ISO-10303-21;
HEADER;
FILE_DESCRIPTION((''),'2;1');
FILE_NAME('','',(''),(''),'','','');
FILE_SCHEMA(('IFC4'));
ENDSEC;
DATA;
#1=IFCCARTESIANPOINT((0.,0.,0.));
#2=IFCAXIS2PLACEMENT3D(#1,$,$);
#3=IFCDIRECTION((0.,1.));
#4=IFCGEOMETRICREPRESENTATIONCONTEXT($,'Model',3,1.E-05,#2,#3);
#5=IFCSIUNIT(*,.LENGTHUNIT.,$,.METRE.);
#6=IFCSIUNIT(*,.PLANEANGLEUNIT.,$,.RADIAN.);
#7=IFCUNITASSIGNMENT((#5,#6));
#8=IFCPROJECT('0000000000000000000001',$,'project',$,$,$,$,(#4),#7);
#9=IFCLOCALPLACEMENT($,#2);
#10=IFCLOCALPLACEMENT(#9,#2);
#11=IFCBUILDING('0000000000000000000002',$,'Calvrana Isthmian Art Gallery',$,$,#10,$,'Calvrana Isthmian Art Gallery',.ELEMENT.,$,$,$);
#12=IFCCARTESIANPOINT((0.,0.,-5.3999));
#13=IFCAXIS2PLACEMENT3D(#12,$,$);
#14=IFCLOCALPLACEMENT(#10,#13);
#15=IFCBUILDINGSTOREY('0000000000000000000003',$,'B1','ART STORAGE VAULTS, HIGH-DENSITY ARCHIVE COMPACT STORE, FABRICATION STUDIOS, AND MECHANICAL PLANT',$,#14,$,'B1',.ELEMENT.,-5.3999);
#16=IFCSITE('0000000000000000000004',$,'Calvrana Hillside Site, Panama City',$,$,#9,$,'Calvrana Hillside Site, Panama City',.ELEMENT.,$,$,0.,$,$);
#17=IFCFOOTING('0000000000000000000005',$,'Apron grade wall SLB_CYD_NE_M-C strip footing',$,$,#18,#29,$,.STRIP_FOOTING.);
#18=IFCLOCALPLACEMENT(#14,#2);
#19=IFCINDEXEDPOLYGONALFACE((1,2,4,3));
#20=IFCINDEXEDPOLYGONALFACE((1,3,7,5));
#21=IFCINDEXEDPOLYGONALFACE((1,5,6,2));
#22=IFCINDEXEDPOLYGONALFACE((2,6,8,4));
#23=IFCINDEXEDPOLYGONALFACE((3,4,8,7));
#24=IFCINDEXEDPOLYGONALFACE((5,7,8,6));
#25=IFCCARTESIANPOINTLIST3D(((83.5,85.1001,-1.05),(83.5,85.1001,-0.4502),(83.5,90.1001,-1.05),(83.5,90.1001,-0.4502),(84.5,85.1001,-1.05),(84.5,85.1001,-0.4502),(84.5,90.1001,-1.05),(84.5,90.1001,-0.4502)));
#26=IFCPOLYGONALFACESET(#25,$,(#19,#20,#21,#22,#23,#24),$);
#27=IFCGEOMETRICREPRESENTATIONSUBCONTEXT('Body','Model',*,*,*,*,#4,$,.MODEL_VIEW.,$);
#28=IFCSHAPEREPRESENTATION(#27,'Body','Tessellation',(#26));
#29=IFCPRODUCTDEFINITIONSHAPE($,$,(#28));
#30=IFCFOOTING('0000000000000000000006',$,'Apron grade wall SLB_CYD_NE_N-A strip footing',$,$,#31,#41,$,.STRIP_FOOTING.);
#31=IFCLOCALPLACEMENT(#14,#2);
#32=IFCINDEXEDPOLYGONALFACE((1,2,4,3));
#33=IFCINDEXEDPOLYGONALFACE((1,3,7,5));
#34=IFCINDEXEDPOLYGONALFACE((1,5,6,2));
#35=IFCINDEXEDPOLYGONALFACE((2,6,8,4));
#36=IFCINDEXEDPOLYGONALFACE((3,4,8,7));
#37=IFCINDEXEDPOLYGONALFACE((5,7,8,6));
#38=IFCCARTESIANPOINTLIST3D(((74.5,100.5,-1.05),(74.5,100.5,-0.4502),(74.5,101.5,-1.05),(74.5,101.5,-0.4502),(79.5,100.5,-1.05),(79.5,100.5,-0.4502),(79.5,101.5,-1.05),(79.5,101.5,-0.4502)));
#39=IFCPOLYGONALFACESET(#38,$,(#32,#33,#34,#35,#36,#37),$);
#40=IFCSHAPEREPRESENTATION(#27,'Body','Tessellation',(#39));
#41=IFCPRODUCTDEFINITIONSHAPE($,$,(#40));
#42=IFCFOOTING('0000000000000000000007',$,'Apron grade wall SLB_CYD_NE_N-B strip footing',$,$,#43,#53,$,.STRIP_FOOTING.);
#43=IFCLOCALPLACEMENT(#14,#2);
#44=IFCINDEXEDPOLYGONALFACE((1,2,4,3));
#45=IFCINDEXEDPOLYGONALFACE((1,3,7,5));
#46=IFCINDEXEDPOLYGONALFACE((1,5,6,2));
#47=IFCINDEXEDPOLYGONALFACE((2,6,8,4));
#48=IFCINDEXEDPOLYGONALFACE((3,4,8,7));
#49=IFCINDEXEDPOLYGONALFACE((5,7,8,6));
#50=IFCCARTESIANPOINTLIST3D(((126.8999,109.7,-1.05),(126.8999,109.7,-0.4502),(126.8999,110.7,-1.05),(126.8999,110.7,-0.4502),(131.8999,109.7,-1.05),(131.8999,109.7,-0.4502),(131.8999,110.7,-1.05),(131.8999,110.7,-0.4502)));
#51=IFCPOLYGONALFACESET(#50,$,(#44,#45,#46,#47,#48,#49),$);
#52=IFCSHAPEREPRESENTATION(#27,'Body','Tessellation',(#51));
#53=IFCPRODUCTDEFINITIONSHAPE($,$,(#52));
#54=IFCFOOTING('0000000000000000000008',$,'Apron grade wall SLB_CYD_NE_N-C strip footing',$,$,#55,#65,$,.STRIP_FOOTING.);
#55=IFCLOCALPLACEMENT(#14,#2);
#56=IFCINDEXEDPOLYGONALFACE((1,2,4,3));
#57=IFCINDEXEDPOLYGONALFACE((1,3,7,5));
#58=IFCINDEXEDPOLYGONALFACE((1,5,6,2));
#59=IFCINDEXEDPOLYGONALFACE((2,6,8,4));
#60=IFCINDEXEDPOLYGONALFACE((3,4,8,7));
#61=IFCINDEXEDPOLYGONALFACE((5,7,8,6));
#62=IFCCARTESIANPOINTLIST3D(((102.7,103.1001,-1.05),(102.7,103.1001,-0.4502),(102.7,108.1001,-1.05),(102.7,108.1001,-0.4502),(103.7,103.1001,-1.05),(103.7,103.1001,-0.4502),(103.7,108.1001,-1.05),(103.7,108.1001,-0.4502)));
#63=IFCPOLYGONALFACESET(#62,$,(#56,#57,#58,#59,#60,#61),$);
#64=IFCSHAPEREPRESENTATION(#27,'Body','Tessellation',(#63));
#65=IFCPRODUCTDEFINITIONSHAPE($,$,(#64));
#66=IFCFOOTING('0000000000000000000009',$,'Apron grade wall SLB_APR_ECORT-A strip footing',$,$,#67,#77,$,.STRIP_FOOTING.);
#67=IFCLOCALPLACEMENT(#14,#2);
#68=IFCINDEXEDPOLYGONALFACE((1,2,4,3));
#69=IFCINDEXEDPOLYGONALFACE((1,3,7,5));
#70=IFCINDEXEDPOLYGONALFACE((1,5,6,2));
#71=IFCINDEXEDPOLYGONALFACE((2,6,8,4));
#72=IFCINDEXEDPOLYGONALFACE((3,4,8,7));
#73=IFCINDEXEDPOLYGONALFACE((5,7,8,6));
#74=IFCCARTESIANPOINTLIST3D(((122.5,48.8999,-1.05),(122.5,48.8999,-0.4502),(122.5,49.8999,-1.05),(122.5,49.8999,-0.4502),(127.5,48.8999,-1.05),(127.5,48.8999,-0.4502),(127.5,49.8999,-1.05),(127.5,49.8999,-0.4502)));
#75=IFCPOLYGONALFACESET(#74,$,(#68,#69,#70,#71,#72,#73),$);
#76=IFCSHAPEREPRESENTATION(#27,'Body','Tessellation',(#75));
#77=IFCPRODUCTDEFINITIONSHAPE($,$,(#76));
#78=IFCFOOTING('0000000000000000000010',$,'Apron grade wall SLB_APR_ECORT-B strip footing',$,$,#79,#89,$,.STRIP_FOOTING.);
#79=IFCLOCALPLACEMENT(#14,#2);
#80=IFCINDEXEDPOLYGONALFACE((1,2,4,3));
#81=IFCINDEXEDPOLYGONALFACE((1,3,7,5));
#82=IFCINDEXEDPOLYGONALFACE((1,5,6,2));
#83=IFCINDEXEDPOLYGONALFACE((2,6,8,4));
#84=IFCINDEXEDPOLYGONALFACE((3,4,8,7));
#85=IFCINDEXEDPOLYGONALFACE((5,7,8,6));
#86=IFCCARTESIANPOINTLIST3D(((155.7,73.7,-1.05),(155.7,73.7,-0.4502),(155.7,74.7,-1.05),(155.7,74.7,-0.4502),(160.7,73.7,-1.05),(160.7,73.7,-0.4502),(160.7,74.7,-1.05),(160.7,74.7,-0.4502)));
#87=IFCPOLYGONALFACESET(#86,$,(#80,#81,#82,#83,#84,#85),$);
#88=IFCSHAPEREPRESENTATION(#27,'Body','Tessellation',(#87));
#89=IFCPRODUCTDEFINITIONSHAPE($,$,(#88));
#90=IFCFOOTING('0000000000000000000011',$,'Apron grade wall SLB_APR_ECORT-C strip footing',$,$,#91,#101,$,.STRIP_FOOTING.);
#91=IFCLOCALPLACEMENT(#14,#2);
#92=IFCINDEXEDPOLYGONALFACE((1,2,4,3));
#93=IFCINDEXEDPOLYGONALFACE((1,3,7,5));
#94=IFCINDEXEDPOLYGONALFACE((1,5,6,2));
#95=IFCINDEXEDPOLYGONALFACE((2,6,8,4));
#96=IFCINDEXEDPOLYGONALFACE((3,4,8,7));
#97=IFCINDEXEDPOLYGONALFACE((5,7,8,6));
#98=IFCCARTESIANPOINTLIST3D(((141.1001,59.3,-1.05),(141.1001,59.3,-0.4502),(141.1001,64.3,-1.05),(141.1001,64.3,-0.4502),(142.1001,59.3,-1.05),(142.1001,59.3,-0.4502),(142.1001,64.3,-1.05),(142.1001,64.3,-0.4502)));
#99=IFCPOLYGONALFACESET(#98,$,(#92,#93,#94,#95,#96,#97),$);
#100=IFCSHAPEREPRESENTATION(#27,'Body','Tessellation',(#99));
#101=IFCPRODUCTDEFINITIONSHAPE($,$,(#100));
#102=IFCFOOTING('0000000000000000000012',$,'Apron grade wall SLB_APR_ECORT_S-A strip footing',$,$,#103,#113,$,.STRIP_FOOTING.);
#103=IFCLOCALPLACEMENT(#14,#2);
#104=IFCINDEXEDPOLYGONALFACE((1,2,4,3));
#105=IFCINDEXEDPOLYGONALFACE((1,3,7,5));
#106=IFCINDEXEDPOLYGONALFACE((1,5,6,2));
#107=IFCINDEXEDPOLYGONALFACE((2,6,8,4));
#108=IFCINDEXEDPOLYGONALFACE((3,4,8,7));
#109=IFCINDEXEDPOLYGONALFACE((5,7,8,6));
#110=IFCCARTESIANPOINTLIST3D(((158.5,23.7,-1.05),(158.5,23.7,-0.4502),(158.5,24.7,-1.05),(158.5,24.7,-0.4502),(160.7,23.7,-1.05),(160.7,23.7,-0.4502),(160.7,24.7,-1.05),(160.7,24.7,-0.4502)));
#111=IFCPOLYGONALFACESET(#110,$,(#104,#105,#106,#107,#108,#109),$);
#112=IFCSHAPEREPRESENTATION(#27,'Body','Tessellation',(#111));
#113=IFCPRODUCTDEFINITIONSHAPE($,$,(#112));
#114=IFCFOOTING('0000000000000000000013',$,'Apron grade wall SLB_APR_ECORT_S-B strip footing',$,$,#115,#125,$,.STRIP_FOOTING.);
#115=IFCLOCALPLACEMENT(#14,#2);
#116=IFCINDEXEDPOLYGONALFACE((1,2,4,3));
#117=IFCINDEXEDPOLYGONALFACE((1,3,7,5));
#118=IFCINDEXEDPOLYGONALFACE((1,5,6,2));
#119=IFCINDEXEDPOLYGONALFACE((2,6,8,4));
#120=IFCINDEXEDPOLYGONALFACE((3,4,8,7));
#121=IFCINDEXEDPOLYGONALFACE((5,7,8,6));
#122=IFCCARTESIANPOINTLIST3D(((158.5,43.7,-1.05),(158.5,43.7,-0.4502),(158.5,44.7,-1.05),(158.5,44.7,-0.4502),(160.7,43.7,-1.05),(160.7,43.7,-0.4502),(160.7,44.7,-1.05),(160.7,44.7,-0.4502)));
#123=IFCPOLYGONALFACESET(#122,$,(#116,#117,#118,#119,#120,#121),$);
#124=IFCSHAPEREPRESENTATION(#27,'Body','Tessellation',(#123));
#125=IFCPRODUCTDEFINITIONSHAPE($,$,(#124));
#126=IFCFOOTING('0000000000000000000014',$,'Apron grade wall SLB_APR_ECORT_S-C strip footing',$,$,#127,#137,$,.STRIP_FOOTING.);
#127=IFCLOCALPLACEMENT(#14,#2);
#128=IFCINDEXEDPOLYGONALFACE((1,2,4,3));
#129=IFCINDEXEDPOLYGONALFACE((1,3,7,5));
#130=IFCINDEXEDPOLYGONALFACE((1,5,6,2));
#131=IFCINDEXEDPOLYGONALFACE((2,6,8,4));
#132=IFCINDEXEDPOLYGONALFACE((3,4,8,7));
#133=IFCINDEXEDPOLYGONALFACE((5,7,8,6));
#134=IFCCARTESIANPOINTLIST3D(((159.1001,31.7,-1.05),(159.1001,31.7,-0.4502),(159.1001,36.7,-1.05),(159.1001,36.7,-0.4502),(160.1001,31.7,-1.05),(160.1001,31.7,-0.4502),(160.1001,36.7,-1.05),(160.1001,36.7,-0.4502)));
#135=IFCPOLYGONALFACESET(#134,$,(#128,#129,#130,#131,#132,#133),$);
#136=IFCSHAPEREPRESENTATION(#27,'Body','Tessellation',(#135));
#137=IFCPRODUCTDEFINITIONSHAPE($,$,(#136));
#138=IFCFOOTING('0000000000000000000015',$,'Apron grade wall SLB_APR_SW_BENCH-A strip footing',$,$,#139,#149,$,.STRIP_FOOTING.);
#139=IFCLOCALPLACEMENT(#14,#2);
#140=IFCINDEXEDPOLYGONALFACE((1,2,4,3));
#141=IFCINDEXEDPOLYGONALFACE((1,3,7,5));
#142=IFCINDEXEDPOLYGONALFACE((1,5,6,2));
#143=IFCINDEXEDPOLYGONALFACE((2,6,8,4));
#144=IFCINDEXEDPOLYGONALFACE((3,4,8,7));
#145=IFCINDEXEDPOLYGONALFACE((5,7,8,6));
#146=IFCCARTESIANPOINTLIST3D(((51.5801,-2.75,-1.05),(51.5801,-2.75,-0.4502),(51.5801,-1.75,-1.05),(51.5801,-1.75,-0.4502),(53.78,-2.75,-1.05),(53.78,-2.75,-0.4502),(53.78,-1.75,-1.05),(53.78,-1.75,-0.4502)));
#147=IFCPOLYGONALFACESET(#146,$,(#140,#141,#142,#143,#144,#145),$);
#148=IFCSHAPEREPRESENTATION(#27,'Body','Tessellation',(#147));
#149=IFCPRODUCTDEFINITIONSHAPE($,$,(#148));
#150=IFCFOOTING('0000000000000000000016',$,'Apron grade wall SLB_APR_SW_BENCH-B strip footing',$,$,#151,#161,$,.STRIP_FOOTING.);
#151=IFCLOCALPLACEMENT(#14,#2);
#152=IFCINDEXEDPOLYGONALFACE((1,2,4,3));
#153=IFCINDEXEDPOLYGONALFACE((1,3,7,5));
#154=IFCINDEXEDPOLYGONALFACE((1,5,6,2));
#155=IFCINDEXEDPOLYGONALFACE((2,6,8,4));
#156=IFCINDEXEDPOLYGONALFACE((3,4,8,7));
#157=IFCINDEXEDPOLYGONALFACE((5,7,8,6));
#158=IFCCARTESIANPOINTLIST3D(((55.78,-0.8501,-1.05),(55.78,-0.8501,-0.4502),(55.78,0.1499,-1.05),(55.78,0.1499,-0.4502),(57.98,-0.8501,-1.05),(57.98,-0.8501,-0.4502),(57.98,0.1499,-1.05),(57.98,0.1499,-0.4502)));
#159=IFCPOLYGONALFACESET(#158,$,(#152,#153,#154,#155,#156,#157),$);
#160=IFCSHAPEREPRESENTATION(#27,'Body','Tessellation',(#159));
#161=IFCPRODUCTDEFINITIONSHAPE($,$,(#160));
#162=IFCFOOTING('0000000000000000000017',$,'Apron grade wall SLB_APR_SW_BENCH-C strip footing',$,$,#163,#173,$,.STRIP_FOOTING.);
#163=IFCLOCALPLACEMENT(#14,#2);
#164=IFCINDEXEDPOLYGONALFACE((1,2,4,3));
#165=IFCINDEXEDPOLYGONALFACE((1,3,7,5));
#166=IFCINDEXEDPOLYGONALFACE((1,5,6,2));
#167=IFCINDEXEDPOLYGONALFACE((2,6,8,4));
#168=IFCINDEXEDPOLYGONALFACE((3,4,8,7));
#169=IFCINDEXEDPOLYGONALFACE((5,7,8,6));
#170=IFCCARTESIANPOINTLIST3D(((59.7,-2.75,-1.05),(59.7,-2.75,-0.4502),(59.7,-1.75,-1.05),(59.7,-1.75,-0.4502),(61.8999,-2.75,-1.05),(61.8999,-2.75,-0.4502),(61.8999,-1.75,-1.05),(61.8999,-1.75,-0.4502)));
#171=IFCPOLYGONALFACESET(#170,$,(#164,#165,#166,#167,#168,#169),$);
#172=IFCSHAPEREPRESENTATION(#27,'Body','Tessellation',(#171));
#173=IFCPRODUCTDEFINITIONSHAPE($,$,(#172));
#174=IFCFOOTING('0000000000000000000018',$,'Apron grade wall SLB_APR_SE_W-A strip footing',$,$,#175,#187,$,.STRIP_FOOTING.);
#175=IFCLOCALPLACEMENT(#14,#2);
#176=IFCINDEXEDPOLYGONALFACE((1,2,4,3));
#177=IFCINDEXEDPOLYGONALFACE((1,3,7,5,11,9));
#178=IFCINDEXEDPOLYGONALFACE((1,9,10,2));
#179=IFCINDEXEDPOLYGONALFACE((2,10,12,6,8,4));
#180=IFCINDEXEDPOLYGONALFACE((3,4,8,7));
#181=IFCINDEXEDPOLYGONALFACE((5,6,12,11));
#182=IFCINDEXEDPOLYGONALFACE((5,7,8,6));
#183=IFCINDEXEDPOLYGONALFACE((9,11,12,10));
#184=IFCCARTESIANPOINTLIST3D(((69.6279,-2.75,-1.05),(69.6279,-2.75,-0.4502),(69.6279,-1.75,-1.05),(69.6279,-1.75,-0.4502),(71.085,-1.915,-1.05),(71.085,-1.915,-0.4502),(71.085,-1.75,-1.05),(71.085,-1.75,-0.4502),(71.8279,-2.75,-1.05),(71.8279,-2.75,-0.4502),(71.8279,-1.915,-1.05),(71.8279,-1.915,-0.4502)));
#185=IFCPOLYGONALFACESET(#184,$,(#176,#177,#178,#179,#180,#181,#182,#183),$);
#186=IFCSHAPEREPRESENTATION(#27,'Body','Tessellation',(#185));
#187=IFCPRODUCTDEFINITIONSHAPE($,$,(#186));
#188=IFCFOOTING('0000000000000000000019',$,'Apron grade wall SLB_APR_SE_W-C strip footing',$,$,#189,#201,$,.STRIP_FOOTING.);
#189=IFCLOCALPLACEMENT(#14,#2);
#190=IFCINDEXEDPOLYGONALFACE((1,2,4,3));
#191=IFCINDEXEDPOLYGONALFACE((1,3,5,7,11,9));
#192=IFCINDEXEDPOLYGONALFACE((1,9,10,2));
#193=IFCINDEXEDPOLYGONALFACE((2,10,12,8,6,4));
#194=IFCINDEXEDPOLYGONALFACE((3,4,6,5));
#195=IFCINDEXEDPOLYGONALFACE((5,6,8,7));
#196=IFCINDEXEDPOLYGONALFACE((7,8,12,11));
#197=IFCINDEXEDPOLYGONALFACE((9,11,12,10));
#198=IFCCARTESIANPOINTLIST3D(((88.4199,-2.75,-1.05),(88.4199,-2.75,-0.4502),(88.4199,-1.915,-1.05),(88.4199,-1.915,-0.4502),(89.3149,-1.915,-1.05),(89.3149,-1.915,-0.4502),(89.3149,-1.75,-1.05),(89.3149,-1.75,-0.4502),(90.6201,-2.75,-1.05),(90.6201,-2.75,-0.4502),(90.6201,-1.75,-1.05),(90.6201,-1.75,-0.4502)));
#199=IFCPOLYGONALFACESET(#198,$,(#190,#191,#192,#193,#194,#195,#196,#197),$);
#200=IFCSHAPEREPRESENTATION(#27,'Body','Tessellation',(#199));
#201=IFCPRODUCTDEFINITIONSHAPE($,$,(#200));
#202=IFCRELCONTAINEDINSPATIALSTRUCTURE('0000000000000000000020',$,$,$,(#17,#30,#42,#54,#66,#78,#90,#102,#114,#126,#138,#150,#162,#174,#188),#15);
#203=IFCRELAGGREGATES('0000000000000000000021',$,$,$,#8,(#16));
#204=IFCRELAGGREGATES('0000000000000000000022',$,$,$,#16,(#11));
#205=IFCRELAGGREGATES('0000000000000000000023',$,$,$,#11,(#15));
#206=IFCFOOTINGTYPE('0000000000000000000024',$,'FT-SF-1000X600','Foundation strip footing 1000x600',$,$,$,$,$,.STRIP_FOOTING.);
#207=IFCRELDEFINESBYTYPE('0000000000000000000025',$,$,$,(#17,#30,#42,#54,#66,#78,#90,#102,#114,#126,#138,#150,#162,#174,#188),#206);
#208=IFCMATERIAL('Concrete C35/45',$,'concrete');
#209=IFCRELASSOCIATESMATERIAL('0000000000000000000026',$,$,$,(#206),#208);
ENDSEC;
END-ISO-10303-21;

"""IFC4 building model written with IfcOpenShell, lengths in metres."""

from ifc_helpers import new_model, si_unit, direction, frame, origin, place, context, subcontext, project, spatial, polyline, outline, extrude, material, type_object, element, save


model = new_model("IFC4")

# Units and contexts
model_context = context("Model", 3, precision=1e-05, world=origin(), true_north=direction((0.0, 1.0)))
body_context = subcontext(model_context, "Body", "Model", "MODEL_VIEW")
ifc_project = project(units=[si_unit("LENGTHUNIT", "METRE"), si_unit("PLANEANGLEUNIT", "RADIAN")], contexts=[model_context])

# Site, building, storey
site_placement = place(None, origin())
site = spatial("IfcSite", under=ifc_project, at=site_placement, Name="Calvrana Hillside Site, Panama City", LongName="Calvrana Hillside Site, Panama City", CompositionType="ELEMENT", RefElevation=0.0)
building_placement = place(site_placement, origin())
building = spatial("IfcBuilding", under=site, at=building_placement, Name="Calvrana Isthmian Art Gallery", LongName="Calvrana Isthmian Art Gallery", CompositionType="ELEMENT")
storey_placement = place(building_placement, frame((0.0, 0.0, -5.3999)))
storey = spatial("IfcBuildingStorey", under=building, at=storey_placement, Name="B1", Description="ART STORAGE VAULTS, HIGH-DENSITY ARCHIVE COMPACT STORE, FABRICATION STUDIOS, AND MECHANICAL PLANT", LongName="B1", CompositionType="ELEMENT", Elevation=-5.3999)

# Footings
ifc_material = material(Name="Concrete C35/45", Category="concrete")
footing_type_1 = type_object("IfcFootingType", Name="FT-SF-1000X600", Description="Foundation strip footing 1000x600", PredefinedType="STRIP_FOOTING", material=ifc_material)
footing_1_placement = place(storey_placement, frame((0.0, 0.0, -1.05)))
element("IfcFooting", 1, at=footing_1_placement, inside=storey, type_object=footing_type_1, Name="Apron grade wall SLB_CYD_NE_M-C strip footing", PredefinedType="STRIP_FOOTING", context=body_context, shape_type="SweptSolid", body=[
    extrude(outline(polyline([(84.5, 85.1001), (84.5, 90.1001), (83.5, 90.1001), (83.5, 85.1001), (84.5, 85.1001)])), origin(), (0.0, 0.0, 1.0), 0.5999),
])
footing_2_placement = place(storey_placement, frame((0.0, 0.0, -1.05)))
element("IfcFooting", 2, at=footing_2_placement, inside=storey, type_object=footing_type_1, Name="Apron grade wall SLB_CYD_NE_N-A strip footing", PredefinedType="STRIP_FOOTING", context=body_context, shape_type="SweptSolid", body=[
    extrude(outline(polyline([(74.5, 100.5), (79.5, 100.5), (79.5, 101.5), (74.5, 101.5), (74.5, 100.5)])), origin(), (0.0, 0.0, 1.0), 0.5999),
])
footing_3_placement = place(storey_placement, frame((0.0, 0.0, -1.05)))
element("IfcFooting", 3, at=footing_3_placement, inside=storey, type_object=footing_type_1, Name="Apron grade wall SLB_CYD_NE_N-B strip footing", PredefinedType="STRIP_FOOTING", context=body_context, shape_type="SweptSolid", body=[
    extrude(outline(polyline([(126.8999, 109.7), (131.8999, 109.7), (131.8999, 110.7), (126.8999, 110.7), (126.8999, 109.7)])), origin(), (0.0, 0.0, 1.0), 0.5999),
])
footing_4_placement = place(storey_placement, frame((0.0, 0.0, -1.05)))
element("IfcFooting", 4, at=footing_4_placement, inside=storey, type_object=footing_type_1, Name="Apron grade wall SLB_CYD_NE_N-C strip footing", PredefinedType="STRIP_FOOTING", context=body_context, shape_type="SweptSolid", body=[
    extrude(outline(polyline([(103.7, 103.1001), (103.7, 108.1001), (102.7, 108.1001), (102.7, 103.1001), (103.7, 103.1001)])), origin(), (0.0, 0.0, 1.0), 0.5999),
])
footing_5_placement = place(storey_placement, frame((0.0, 0.0, -1.05)))
element("IfcFooting", 5, at=footing_5_placement, inside=storey, type_object=footing_type_1, Name="Apron grade wall SLB_APR_ECORT-A strip footing", PredefinedType="STRIP_FOOTING", context=body_context, shape_type="SweptSolid", body=[
    extrude(outline(polyline([(122.5, 48.8999), (127.5, 48.8999), (127.5, 49.8999), (122.5, 49.8999), (122.5, 48.8999)])), origin(), (0.0, 0.0, 1.0), 0.5999),
])
footing_6_placement = place(storey_placement, frame((0.0, 0.0, -1.05)))
element("IfcFooting", 6, at=footing_6_placement, inside=storey, type_object=footing_type_1, Name="Apron grade wall SLB_APR_ECORT-B strip footing", PredefinedType="STRIP_FOOTING", context=body_context, shape_type="SweptSolid", body=[
    extrude(outline(polyline([(155.7, 73.7), (160.7, 73.7), (160.7, 74.7), (155.7, 74.7), (155.7, 73.7)])), origin(), (0.0, 0.0, 1.0), 0.5999),
])
footing_7_placement = place(storey_placement, frame((0.0, 0.0, -1.05)))
element("IfcFooting", 7, at=footing_7_placement, inside=storey, type_object=footing_type_1, Name="Apron grade wall SLB_APR_ECORT-C strip footing", PredefinedType="STRIP_FOOTING", context=body_context, shape_type="SweptSolid", body=[
    extrude(outline(polyline([(142.1001, 59.3), (142.1001, 64.3), (141.1001, 64.3), (141.1001, 59.3), (142.1001, 59.3)])), origin(), (0.0, 0.0, 1.0), 0.5999),
])
footing_8_placement = place(storey_placement, frame((0.0, 0.0, -1.05)))
element("IfcFooting", 8, at=footing_8_placement, inside=storey, type_object=footing_type_1, Name="Apron grade wall SLB_APR_ECORT_S-A strip footing", PredefinedType="STRIP_FOOTING", context=body_context, shape_type="SweptSolid", body=[
    extrude(outline(polyline([(158.5, 23.7), (160.7, 23.7), (160.7, 24.7), (158.5, 24.7), (158.5, 23.7)])), origin(), (0.0, 0.0, 1.0), 0.5999),
])
footing_9_placement = place(storey_placement, frame((0.0, 0.0, -1.05)))
element("IfcFooting", 9, at=footing_9_placement, inside=storey, type_object=footing_type_1, Name="Apron grade wall SLB_APR_ECORT_S-B strip footing", PredefinedType="STRIP_FOOTING", context=body_context, shape_type="SweptSolid", body=[
    extrude(outline(polyline([(158.5, 43.7), (160.7, 43.7), (160.7, 44.7), (158.5, 44.7), (158.5, 43.7)])), origin(), (0.0, 0.0, 1.0), 0.5999),
])
footing_10_placement = place(storey_placement, frame((0.0, 0.0, -1.05)))
element("IfcFooting", 10, at=footing_10_placement, inside=storey, type_object=footing_type_1, Name="Apron grade wall SLB_APR_ECORT_S-C strip footing", PredefinedType="STRIP_FOOTING", context=body_context, shape_type="SweptSolid", body=[
    extrude(outline(polyline([(160.1001, 31.7), (160.1001, 36.7), (159.1001, 36.7), (159.1001, 31.7), (160.1001, 31.7)])), origin(), (0.0, 0.0, 1.0), 0.5999),
])
footing_11_placement = place(storey_placement, frame((0.0, 0.0, -1.05)))
element("IfcFooting", 11, at=footing_11_placement, inside=storey, type_object=footing_type_1, Name="Apron grade wall SLB_APR_SW_BENCH-A strip footing", PredefinedType="STRIP_FOOTING", context=body_context, shape_type="SweptSolid", body=[
    extrude(outline(polyline([(51.5801, -2.75), (53.78, -2.75), (53.78, -1.75), (51.5801, -1.75), (51.5801, -2.75)])), origin(), (0.0, 0.0, 1.0), 0.5999),
])
footing_12_placement = place(storey_placement, frame((0.0, 0.0, -1.05)))
element("IfcFooting", 12, at=footing_12_placement, inside=storey, type_object=footing_type_1, Name="Apron grade wall SLB_APR_SW_BENCH-B strip footing", PredefinedType="STRIP_FOOTING", context=body_context, shape_type="SweptSolid", body=[
    extrude(outline(polyline([(55.78, -0.8501), (57.98, -0.8501), (57.98, 0.1499), (55.78, 0.1499), (55.78, -0.8501)])), origin(), (0.0, 0.0, 1.0), 0.5999),
])
footing_13_placement = place(storey_placement, frame((0.0, 0.0, -1.05)))
element("IfcFooting", 13, at=footing_13_placement, inside=storey, type_object=footing_type_1, Name="Apron grade wall SLB_APR_SW_BENCH-C strip footing", PredefinedType="STRIP_FOOTING", context=body_context, shape_type="SweptSolid", body=[
    extrude(outline(polyline([(59.7, -2.75), (61.8999, -2.75), (61.8999, -1.75), (59.7, -1.75), (59.7, -2.75)])), origin(), (0.0, 0.0, 1.0), 0.5999),
])
footing_14_placement = place(storey_placement, frame((0.0, 0.0, -1.05)))
element("IfcFooting", 14, at=footing_14_placement, inside=storey, type_object=footing_type_1, Name="Apron grade wall SLB_APR_SE_W-A strip footing", PredefinedType="STRIP_FOOTING", context=body_context, shape_type="SweptSolid", body=[
    extrude(outline(polyline([(71.8279, -2.75), (69.6279, -2.75), (69.6279, -1.75), (71.085, -1.75), (71.085, -1.915), (71.8279, -1.915), (71.8279, -2.75)])), origin(), (0.0, 0.0, 1.0), 0.5999),
])
footing_15_placement = place(storey_placement, frame((0.0, 0.0, -1.05)))
element("IfcFooting", 15, at=footing_15_placement, inside=storey, type_object=footing_type_1, Name="Apron grade wall SLB_APR_SE_W-C strip footing", PredefinedType="STRIP_FOOTING", context=body_context, shape_type="SweptSolid", body=[
    extrude(outline(polyline([(90.6201, -1.75), (90.6201, -2.75), (88.4199, -2.75), (88.4199, -1.915), (89.3149, -1.915), (89.3149, -1.75), (90.6201, -1.75)])), origin(), (0.0, 0.0, 1.0), 0.5999),
])

save(model, "model.ifc")
